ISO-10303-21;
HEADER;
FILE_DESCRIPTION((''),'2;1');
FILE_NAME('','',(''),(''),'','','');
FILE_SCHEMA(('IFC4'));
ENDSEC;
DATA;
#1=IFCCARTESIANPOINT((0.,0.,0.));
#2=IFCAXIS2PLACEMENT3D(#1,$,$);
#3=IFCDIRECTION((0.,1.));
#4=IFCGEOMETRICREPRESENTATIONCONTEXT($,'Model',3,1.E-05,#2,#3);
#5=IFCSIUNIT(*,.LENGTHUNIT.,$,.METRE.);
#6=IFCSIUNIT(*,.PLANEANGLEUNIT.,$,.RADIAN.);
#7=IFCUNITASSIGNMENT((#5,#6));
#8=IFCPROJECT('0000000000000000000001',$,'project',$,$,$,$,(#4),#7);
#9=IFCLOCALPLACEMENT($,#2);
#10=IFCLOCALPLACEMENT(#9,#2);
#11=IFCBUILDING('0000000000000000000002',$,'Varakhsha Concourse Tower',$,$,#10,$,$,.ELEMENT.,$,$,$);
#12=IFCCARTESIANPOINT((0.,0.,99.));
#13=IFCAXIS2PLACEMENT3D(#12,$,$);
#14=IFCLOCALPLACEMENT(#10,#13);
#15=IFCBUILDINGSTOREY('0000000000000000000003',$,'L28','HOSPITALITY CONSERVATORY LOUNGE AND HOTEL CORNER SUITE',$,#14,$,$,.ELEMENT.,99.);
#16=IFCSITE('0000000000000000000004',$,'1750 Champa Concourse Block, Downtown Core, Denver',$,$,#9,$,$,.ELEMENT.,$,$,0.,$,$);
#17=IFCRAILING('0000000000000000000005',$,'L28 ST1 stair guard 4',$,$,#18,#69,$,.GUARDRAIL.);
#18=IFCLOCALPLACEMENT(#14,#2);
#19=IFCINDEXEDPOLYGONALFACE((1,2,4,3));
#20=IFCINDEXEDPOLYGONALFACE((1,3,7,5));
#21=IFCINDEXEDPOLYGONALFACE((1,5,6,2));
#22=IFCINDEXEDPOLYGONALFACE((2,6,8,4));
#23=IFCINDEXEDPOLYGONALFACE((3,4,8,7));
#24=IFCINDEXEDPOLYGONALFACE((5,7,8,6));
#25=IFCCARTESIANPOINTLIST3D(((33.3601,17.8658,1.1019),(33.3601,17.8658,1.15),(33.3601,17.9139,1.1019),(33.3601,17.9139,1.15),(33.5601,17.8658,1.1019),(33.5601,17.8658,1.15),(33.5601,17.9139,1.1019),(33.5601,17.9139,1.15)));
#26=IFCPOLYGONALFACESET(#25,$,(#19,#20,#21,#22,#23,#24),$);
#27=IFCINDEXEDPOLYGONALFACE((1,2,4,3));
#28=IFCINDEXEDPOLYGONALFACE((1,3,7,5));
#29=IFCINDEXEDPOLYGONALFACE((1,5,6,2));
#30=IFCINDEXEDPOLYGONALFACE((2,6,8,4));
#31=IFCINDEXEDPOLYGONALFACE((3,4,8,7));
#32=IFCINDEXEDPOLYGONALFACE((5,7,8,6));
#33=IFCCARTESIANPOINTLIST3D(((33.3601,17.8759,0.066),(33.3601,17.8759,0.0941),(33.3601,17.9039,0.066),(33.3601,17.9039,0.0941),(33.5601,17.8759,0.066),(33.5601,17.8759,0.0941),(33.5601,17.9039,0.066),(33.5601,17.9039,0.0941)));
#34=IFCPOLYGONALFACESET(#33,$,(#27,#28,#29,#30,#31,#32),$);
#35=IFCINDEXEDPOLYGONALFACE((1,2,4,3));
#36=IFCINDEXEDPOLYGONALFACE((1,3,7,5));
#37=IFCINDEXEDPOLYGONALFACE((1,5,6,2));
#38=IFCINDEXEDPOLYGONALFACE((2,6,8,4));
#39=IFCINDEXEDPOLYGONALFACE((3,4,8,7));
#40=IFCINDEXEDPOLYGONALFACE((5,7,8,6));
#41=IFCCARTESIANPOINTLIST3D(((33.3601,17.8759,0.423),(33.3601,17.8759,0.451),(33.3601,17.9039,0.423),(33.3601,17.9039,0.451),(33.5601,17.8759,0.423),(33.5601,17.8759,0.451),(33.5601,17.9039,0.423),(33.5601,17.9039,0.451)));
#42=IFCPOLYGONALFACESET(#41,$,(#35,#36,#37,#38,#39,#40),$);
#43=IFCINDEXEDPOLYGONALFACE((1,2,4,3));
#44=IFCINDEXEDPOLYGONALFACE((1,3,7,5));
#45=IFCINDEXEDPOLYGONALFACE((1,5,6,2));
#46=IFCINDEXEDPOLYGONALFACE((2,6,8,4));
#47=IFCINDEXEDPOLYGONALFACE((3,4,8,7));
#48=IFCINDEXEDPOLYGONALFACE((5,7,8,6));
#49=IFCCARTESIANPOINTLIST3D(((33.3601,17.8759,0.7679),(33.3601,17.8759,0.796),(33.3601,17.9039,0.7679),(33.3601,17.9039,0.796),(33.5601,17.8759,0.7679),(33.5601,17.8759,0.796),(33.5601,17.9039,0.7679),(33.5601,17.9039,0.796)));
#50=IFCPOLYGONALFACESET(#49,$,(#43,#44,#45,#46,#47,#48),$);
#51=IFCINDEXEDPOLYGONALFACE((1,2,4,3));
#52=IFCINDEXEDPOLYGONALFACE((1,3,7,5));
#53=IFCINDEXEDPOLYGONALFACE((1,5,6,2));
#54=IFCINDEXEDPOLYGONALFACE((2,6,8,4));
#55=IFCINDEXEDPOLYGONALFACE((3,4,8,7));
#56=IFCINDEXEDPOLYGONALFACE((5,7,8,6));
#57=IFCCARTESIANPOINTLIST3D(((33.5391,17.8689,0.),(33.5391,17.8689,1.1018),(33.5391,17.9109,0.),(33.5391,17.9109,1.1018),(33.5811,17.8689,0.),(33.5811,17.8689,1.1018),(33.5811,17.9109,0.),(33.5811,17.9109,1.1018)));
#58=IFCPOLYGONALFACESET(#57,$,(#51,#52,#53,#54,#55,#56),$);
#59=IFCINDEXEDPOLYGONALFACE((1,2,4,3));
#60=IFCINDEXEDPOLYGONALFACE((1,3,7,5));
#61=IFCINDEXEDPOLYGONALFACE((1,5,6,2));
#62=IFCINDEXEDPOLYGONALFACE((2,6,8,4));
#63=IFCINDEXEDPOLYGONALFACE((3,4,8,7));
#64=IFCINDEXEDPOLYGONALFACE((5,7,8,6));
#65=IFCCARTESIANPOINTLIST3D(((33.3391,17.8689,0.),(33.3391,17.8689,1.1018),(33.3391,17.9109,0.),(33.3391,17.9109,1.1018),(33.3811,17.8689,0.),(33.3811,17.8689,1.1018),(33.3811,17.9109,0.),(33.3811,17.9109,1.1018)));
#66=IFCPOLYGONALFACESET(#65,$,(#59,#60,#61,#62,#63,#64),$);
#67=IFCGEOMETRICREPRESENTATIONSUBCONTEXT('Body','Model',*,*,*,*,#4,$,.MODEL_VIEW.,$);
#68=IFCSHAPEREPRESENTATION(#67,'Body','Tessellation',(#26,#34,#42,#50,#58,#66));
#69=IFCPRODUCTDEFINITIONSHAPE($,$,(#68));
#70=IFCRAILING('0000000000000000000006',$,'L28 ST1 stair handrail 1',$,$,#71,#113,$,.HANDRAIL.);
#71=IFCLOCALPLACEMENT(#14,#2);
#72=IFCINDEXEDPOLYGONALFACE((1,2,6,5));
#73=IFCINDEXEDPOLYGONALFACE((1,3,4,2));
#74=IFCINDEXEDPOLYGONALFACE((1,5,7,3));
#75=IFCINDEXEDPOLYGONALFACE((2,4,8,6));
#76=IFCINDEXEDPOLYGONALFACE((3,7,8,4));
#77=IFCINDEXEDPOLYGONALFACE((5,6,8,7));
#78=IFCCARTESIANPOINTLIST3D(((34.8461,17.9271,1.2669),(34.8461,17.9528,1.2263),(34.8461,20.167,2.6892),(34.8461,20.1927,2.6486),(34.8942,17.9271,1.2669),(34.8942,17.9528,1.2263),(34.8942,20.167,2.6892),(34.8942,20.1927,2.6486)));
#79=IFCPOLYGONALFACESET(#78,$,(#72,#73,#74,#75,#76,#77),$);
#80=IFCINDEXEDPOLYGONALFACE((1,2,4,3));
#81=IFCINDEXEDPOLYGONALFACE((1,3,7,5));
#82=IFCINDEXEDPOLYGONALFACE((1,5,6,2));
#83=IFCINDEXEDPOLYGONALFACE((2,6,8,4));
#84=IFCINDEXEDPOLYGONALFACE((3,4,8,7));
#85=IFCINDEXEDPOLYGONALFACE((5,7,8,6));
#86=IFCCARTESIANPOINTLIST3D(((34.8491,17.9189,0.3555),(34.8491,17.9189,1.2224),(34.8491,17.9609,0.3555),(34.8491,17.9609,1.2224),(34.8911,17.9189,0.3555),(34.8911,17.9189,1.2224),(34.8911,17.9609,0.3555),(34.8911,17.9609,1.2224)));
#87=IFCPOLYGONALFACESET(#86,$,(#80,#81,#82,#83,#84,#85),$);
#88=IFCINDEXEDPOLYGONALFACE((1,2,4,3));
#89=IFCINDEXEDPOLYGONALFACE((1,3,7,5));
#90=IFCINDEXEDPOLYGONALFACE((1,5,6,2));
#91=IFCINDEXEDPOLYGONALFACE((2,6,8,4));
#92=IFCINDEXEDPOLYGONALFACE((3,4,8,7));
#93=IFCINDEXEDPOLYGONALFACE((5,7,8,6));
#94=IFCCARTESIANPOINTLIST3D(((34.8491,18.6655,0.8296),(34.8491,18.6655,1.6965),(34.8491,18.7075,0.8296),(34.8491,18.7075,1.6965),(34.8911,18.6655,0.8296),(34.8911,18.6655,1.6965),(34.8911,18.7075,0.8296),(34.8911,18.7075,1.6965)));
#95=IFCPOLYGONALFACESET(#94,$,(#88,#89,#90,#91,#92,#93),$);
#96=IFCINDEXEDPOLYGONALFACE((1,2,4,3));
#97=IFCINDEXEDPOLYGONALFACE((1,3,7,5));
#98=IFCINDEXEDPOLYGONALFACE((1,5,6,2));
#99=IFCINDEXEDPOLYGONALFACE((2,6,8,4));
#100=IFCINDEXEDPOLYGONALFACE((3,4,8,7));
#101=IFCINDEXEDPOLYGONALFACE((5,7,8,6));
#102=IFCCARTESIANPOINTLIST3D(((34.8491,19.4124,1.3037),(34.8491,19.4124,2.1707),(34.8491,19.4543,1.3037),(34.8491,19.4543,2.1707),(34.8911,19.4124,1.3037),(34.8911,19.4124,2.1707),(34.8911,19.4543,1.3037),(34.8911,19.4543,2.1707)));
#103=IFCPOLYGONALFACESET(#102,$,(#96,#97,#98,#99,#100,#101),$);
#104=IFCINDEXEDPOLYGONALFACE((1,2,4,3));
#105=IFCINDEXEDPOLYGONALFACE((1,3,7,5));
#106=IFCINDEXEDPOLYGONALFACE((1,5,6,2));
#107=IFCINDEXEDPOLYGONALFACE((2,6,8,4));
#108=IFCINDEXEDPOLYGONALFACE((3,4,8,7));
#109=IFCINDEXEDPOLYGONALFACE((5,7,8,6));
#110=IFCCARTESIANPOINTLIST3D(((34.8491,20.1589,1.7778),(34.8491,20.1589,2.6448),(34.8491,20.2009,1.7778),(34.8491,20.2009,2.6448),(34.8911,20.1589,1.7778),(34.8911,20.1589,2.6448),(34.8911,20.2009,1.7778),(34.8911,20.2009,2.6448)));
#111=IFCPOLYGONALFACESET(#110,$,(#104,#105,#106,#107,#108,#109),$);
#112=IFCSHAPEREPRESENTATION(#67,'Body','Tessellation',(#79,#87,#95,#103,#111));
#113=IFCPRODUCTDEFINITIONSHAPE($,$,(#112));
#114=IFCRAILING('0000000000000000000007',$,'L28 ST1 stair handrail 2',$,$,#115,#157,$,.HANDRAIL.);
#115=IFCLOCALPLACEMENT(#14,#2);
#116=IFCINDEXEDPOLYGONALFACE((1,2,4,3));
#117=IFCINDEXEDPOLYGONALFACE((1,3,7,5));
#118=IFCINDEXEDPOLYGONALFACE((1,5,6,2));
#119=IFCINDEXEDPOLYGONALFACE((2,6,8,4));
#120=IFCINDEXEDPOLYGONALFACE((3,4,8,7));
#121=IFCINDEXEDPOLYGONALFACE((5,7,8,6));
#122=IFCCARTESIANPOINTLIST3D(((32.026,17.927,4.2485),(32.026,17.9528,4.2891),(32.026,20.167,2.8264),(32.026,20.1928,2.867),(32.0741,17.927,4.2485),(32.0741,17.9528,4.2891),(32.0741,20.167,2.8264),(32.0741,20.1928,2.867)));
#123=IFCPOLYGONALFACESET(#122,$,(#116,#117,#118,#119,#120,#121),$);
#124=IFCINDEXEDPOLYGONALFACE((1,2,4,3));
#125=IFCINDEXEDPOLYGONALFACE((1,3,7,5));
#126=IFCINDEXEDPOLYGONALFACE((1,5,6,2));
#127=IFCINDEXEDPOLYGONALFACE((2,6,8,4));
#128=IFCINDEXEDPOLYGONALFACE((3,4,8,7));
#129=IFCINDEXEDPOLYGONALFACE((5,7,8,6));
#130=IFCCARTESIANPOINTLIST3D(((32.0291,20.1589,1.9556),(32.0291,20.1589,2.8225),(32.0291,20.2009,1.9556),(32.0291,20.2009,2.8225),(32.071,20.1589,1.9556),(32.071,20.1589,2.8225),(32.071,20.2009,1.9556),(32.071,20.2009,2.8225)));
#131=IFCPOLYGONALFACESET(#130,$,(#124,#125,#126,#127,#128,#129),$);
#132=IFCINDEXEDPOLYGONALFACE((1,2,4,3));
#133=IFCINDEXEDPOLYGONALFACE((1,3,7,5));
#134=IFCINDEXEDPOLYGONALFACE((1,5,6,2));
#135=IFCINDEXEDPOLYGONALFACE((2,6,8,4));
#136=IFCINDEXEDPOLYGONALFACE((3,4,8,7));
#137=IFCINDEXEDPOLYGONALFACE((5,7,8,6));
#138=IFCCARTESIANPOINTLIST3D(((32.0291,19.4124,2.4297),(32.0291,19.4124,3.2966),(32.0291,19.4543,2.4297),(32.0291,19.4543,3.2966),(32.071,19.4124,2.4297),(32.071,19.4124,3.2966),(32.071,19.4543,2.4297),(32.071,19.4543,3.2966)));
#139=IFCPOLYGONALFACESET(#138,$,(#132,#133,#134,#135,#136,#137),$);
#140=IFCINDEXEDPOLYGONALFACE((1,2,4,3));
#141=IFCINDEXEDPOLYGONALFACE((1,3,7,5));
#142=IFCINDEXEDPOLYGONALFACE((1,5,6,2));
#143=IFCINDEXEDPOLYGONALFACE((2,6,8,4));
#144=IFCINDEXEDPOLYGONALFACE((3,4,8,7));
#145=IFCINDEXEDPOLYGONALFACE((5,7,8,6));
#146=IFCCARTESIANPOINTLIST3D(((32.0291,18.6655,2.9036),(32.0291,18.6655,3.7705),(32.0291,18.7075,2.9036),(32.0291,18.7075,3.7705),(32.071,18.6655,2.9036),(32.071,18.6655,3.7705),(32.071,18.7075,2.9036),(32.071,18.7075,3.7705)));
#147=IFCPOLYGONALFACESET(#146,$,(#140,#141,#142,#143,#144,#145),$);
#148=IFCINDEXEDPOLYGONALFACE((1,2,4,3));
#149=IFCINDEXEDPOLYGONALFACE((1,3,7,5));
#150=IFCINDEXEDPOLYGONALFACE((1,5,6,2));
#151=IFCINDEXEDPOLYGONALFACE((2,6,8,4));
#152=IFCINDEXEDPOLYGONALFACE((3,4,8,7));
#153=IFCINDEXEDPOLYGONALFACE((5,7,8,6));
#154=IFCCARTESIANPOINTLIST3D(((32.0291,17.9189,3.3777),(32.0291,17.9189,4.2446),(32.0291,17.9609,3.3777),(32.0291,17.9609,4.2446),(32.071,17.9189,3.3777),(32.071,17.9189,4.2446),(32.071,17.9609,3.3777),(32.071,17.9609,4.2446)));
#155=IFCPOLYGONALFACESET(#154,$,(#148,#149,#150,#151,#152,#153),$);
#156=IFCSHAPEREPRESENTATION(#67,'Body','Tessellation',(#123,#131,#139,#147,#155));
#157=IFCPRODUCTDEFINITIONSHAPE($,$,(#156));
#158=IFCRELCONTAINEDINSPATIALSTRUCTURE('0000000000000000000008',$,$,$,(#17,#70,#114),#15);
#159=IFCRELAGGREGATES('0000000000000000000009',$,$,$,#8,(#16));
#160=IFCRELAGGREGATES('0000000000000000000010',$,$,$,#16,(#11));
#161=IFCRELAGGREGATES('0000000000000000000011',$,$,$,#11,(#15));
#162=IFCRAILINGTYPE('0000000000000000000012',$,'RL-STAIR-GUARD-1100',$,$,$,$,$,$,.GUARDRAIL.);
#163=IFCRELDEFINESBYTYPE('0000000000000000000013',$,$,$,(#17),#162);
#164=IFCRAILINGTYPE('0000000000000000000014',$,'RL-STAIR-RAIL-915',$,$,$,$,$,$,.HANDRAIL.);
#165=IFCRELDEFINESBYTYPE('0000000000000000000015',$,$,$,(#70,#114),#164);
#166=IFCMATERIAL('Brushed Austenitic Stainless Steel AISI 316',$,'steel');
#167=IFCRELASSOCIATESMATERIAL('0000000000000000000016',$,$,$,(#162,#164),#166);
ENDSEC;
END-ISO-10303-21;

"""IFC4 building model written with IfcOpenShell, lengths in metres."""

from ifc_helpers import new_model, si_unit, direction, frame, origin, origin_2d, place, context, subcontext, project, spatial, rectangle, extrude, material, type_object, element, save


model = new_model("IFC4")

# Units and contexts
model_context = context("Model", 3, precision=1e-05, world=origin(), true_north=direction((0.0, 1.0)))
body_context = subcontext(model_context, "Body", "Model", "MODEL_VIEW")
ifc_project = project(units=[si_unit("LENGTHUNIT", "METRE"), si_unit("PLANEANGLEUNIT", "RADIAN")], contexts=[model_context])

# Site, building, storey
site_placement = place(None, origin())
site = spatial("IfcSite", under=ifc_project, at=site_placement, Name="1750 Champa Concourse Block, Downtown Core, Denver", CompositionType="ELEMENT", RefElevation=0.0)
building_placement = place(site_placement, origin())
building = spatial("IfcBuilding", under=site, at=building_placement, Name="Varakhsha Concourse Tower", CompositionType="ELEMENT")
storey_placement = place(building_placement, frame((0.0, 0.0, 99.0)))
storey = spatial("IfcBuildingStorey", under=building, at=storey_placement, Name="L28", Description="HOSPITALITY CONSERVATORY LOUNGE AND HOTEL CORNER SUITE", CompositionType="ELEMENT", Elevation=99.0)

# Shared definitions
ifc_material_1 = material(Name="Brushed Austenitic Stainless Steel AISI 316", Category="steel")

# Railings
railing_type_1 = type_object("IfcRailingType", Name="RL-STAIR-GUARD-1100", PredefinedType="GUARDRAIL", material=ifc_material_1)
railing_1_placement = place(storey_placement, frame((33.5601, 17.8899, 0.0)))
element("IfcRailing", 1, at=railing_1_placement, inside=storey, type_object=railing_type_1, Name="L28 ST1 stair guard 4", PredefinedType="GUARDRAIL", context=body_context, shape_type="SweptSolid", body=[
    extrude(rectangle(XDim=0.0481, YDim=0.0481, at=origin_2d()), frame((0.0, 0.0, 1.126), z_axis=(-1.0, 0.0, 0.0), x_axis=(0.0, -1.0, 0.0)), (0.0, 0.0, 1.0), 0.2),
    extrude(rectangle(XDim=0.0281, YDim=0.0281, at=origin_2d()), frame((0.0, 0.0, 0.0801), z_axis=(-1.0, 0.0, 0.0), x_axis=(0.0, -1.0, 0.0)), (0.0, 0.0, 1.0), 0.2),
    extrude(rectangle(XDim=0.0281, YDim=0.0281, at=origin_2d()), frame((0.0, 0.0, 0.437), z_axis=(-1.0, 0.0, 0.0), x_axis=(0.0, -1.0, 0.0)), (0.0, 0.0, 1.0), 0.2),
    extrude(rectangle(XDim=0.0281, YDim=0.0281, at=origin_2d()), frame((0.0, 0.0, 0.782), z_axis=(-1.0, 0.0, 0.0), x_axis=(0.0, -1.0, 0.0)), (0.0, 0.0, 1.0), 0.2),
    extrude(rectangle(XDim=0.042, YDim=0.042, at=origin_2d()), origin(), (0.0, 0.0, 1.0), 1.1018),
    extrude(rectangle(XDim=0.042, YDim=0.042, at=origin_2d()), frame((-0.2, 0.0, 0.0)), (0.0, 0.0, 1.0), 1.1018),
])
railing_type_2 = type_object("IfcRailingType", Name="RL-STAIR-RAIL-915", PredefinedType="HANDRAIL", material=ifc_material_1)
railing_2_placement = place(storey_placement, frame((34.8701, 17.9399, 0.3555)))
element("IfcRailing", 2, at=railing_2_placement, inside=storey, type_object=railing_type_2, Name="L28 ST1 stair handrail 1", PredefinedType="HANDRAIL", context=body_context, shape_type="SweptSolid", body=[
    extrude(rectangle(XDim=0.0481, YDim=0.0481, at=origin_2d()), frame((0.0, 0.0, 0.8911), z_axis=(0.0, 0.844188, 0.536048), x_axis=(-1.0, 0.0, 0.0)), (0.0, 0.0, 1.0), 2.6533),
    extrude(rectangle(XDim=0.042, YDim=0.042, at=origin_2d()), origin(), (0.0, 0.0, 1.0), 0.8669),
    extrude(rectangle(XDim=0.042, YDim=0.042, at=origin_2d()), frame((0.0, 0.7466, 0.4741)), (0.0, 0.0, 1.0), 0.8669),
    extrude(rectangle(XDim=0.042, YDim=0.042, at=origin_2d()), frame((0.0, 1.4934, 0.9482)), (0.0, 0.0, 1.0), 0.8669),
    extrude(rectangle(XDim=0.042, YDim=0.042, at=origin_2d()), frame((0.0, 2.24, 1.4224)), (0.0, 0.0, 1.0), 0.8669),
])
railing_3_placement = place(storey_placement, frame((32.05, 20.1799, 1.9556)))
element("IfcRailing", 3, at=railing_3_placement, inside=storey, type_object=railing_type_2, Name="L28 ST1 stair handrail 2", PredefinedType="HANDRAIL", context=body_context, shape_type="SweptSolid", body=[
    extrude(rectangle(XDim=0.0481, YDim=0.0481, at=origin_2d()), frame((0.0, 0.0, 0.8911), z_axis=(0.0, -0.844229, 0.535982), x_axis=(1.0, 0.0, 0.0)), (0.0, 0.0, 1.0), 2.6533),
    extrude(rectangle(XDim=0.042, YDim=0.042, at=origin_2d()), origin(), (0.0, 0.0, 1.0), 0.8669),
    extrude(rectangle(XDim=0.042, YDim=0.042, at=origin_2d()), frame((0.0, -0.7466, 0.4741)), (0.0, 0.0, 1.0), 0.8669),
    extrude(rectangle(XDim=0.042, YDim=0.042, at=origin_2d()), frame((0.0, -1.4934, 0.948)), (0.0, 0.0, 1.0), 0.8669),
    extrude(rectangle(XDim=0.042, YDim=0.042, at=origin_2d()), frame((0.0, -2.24, 1.4221)), (0.0, 0.0, 1.0), 0.8669),
])

save(model, "model.ifc")
